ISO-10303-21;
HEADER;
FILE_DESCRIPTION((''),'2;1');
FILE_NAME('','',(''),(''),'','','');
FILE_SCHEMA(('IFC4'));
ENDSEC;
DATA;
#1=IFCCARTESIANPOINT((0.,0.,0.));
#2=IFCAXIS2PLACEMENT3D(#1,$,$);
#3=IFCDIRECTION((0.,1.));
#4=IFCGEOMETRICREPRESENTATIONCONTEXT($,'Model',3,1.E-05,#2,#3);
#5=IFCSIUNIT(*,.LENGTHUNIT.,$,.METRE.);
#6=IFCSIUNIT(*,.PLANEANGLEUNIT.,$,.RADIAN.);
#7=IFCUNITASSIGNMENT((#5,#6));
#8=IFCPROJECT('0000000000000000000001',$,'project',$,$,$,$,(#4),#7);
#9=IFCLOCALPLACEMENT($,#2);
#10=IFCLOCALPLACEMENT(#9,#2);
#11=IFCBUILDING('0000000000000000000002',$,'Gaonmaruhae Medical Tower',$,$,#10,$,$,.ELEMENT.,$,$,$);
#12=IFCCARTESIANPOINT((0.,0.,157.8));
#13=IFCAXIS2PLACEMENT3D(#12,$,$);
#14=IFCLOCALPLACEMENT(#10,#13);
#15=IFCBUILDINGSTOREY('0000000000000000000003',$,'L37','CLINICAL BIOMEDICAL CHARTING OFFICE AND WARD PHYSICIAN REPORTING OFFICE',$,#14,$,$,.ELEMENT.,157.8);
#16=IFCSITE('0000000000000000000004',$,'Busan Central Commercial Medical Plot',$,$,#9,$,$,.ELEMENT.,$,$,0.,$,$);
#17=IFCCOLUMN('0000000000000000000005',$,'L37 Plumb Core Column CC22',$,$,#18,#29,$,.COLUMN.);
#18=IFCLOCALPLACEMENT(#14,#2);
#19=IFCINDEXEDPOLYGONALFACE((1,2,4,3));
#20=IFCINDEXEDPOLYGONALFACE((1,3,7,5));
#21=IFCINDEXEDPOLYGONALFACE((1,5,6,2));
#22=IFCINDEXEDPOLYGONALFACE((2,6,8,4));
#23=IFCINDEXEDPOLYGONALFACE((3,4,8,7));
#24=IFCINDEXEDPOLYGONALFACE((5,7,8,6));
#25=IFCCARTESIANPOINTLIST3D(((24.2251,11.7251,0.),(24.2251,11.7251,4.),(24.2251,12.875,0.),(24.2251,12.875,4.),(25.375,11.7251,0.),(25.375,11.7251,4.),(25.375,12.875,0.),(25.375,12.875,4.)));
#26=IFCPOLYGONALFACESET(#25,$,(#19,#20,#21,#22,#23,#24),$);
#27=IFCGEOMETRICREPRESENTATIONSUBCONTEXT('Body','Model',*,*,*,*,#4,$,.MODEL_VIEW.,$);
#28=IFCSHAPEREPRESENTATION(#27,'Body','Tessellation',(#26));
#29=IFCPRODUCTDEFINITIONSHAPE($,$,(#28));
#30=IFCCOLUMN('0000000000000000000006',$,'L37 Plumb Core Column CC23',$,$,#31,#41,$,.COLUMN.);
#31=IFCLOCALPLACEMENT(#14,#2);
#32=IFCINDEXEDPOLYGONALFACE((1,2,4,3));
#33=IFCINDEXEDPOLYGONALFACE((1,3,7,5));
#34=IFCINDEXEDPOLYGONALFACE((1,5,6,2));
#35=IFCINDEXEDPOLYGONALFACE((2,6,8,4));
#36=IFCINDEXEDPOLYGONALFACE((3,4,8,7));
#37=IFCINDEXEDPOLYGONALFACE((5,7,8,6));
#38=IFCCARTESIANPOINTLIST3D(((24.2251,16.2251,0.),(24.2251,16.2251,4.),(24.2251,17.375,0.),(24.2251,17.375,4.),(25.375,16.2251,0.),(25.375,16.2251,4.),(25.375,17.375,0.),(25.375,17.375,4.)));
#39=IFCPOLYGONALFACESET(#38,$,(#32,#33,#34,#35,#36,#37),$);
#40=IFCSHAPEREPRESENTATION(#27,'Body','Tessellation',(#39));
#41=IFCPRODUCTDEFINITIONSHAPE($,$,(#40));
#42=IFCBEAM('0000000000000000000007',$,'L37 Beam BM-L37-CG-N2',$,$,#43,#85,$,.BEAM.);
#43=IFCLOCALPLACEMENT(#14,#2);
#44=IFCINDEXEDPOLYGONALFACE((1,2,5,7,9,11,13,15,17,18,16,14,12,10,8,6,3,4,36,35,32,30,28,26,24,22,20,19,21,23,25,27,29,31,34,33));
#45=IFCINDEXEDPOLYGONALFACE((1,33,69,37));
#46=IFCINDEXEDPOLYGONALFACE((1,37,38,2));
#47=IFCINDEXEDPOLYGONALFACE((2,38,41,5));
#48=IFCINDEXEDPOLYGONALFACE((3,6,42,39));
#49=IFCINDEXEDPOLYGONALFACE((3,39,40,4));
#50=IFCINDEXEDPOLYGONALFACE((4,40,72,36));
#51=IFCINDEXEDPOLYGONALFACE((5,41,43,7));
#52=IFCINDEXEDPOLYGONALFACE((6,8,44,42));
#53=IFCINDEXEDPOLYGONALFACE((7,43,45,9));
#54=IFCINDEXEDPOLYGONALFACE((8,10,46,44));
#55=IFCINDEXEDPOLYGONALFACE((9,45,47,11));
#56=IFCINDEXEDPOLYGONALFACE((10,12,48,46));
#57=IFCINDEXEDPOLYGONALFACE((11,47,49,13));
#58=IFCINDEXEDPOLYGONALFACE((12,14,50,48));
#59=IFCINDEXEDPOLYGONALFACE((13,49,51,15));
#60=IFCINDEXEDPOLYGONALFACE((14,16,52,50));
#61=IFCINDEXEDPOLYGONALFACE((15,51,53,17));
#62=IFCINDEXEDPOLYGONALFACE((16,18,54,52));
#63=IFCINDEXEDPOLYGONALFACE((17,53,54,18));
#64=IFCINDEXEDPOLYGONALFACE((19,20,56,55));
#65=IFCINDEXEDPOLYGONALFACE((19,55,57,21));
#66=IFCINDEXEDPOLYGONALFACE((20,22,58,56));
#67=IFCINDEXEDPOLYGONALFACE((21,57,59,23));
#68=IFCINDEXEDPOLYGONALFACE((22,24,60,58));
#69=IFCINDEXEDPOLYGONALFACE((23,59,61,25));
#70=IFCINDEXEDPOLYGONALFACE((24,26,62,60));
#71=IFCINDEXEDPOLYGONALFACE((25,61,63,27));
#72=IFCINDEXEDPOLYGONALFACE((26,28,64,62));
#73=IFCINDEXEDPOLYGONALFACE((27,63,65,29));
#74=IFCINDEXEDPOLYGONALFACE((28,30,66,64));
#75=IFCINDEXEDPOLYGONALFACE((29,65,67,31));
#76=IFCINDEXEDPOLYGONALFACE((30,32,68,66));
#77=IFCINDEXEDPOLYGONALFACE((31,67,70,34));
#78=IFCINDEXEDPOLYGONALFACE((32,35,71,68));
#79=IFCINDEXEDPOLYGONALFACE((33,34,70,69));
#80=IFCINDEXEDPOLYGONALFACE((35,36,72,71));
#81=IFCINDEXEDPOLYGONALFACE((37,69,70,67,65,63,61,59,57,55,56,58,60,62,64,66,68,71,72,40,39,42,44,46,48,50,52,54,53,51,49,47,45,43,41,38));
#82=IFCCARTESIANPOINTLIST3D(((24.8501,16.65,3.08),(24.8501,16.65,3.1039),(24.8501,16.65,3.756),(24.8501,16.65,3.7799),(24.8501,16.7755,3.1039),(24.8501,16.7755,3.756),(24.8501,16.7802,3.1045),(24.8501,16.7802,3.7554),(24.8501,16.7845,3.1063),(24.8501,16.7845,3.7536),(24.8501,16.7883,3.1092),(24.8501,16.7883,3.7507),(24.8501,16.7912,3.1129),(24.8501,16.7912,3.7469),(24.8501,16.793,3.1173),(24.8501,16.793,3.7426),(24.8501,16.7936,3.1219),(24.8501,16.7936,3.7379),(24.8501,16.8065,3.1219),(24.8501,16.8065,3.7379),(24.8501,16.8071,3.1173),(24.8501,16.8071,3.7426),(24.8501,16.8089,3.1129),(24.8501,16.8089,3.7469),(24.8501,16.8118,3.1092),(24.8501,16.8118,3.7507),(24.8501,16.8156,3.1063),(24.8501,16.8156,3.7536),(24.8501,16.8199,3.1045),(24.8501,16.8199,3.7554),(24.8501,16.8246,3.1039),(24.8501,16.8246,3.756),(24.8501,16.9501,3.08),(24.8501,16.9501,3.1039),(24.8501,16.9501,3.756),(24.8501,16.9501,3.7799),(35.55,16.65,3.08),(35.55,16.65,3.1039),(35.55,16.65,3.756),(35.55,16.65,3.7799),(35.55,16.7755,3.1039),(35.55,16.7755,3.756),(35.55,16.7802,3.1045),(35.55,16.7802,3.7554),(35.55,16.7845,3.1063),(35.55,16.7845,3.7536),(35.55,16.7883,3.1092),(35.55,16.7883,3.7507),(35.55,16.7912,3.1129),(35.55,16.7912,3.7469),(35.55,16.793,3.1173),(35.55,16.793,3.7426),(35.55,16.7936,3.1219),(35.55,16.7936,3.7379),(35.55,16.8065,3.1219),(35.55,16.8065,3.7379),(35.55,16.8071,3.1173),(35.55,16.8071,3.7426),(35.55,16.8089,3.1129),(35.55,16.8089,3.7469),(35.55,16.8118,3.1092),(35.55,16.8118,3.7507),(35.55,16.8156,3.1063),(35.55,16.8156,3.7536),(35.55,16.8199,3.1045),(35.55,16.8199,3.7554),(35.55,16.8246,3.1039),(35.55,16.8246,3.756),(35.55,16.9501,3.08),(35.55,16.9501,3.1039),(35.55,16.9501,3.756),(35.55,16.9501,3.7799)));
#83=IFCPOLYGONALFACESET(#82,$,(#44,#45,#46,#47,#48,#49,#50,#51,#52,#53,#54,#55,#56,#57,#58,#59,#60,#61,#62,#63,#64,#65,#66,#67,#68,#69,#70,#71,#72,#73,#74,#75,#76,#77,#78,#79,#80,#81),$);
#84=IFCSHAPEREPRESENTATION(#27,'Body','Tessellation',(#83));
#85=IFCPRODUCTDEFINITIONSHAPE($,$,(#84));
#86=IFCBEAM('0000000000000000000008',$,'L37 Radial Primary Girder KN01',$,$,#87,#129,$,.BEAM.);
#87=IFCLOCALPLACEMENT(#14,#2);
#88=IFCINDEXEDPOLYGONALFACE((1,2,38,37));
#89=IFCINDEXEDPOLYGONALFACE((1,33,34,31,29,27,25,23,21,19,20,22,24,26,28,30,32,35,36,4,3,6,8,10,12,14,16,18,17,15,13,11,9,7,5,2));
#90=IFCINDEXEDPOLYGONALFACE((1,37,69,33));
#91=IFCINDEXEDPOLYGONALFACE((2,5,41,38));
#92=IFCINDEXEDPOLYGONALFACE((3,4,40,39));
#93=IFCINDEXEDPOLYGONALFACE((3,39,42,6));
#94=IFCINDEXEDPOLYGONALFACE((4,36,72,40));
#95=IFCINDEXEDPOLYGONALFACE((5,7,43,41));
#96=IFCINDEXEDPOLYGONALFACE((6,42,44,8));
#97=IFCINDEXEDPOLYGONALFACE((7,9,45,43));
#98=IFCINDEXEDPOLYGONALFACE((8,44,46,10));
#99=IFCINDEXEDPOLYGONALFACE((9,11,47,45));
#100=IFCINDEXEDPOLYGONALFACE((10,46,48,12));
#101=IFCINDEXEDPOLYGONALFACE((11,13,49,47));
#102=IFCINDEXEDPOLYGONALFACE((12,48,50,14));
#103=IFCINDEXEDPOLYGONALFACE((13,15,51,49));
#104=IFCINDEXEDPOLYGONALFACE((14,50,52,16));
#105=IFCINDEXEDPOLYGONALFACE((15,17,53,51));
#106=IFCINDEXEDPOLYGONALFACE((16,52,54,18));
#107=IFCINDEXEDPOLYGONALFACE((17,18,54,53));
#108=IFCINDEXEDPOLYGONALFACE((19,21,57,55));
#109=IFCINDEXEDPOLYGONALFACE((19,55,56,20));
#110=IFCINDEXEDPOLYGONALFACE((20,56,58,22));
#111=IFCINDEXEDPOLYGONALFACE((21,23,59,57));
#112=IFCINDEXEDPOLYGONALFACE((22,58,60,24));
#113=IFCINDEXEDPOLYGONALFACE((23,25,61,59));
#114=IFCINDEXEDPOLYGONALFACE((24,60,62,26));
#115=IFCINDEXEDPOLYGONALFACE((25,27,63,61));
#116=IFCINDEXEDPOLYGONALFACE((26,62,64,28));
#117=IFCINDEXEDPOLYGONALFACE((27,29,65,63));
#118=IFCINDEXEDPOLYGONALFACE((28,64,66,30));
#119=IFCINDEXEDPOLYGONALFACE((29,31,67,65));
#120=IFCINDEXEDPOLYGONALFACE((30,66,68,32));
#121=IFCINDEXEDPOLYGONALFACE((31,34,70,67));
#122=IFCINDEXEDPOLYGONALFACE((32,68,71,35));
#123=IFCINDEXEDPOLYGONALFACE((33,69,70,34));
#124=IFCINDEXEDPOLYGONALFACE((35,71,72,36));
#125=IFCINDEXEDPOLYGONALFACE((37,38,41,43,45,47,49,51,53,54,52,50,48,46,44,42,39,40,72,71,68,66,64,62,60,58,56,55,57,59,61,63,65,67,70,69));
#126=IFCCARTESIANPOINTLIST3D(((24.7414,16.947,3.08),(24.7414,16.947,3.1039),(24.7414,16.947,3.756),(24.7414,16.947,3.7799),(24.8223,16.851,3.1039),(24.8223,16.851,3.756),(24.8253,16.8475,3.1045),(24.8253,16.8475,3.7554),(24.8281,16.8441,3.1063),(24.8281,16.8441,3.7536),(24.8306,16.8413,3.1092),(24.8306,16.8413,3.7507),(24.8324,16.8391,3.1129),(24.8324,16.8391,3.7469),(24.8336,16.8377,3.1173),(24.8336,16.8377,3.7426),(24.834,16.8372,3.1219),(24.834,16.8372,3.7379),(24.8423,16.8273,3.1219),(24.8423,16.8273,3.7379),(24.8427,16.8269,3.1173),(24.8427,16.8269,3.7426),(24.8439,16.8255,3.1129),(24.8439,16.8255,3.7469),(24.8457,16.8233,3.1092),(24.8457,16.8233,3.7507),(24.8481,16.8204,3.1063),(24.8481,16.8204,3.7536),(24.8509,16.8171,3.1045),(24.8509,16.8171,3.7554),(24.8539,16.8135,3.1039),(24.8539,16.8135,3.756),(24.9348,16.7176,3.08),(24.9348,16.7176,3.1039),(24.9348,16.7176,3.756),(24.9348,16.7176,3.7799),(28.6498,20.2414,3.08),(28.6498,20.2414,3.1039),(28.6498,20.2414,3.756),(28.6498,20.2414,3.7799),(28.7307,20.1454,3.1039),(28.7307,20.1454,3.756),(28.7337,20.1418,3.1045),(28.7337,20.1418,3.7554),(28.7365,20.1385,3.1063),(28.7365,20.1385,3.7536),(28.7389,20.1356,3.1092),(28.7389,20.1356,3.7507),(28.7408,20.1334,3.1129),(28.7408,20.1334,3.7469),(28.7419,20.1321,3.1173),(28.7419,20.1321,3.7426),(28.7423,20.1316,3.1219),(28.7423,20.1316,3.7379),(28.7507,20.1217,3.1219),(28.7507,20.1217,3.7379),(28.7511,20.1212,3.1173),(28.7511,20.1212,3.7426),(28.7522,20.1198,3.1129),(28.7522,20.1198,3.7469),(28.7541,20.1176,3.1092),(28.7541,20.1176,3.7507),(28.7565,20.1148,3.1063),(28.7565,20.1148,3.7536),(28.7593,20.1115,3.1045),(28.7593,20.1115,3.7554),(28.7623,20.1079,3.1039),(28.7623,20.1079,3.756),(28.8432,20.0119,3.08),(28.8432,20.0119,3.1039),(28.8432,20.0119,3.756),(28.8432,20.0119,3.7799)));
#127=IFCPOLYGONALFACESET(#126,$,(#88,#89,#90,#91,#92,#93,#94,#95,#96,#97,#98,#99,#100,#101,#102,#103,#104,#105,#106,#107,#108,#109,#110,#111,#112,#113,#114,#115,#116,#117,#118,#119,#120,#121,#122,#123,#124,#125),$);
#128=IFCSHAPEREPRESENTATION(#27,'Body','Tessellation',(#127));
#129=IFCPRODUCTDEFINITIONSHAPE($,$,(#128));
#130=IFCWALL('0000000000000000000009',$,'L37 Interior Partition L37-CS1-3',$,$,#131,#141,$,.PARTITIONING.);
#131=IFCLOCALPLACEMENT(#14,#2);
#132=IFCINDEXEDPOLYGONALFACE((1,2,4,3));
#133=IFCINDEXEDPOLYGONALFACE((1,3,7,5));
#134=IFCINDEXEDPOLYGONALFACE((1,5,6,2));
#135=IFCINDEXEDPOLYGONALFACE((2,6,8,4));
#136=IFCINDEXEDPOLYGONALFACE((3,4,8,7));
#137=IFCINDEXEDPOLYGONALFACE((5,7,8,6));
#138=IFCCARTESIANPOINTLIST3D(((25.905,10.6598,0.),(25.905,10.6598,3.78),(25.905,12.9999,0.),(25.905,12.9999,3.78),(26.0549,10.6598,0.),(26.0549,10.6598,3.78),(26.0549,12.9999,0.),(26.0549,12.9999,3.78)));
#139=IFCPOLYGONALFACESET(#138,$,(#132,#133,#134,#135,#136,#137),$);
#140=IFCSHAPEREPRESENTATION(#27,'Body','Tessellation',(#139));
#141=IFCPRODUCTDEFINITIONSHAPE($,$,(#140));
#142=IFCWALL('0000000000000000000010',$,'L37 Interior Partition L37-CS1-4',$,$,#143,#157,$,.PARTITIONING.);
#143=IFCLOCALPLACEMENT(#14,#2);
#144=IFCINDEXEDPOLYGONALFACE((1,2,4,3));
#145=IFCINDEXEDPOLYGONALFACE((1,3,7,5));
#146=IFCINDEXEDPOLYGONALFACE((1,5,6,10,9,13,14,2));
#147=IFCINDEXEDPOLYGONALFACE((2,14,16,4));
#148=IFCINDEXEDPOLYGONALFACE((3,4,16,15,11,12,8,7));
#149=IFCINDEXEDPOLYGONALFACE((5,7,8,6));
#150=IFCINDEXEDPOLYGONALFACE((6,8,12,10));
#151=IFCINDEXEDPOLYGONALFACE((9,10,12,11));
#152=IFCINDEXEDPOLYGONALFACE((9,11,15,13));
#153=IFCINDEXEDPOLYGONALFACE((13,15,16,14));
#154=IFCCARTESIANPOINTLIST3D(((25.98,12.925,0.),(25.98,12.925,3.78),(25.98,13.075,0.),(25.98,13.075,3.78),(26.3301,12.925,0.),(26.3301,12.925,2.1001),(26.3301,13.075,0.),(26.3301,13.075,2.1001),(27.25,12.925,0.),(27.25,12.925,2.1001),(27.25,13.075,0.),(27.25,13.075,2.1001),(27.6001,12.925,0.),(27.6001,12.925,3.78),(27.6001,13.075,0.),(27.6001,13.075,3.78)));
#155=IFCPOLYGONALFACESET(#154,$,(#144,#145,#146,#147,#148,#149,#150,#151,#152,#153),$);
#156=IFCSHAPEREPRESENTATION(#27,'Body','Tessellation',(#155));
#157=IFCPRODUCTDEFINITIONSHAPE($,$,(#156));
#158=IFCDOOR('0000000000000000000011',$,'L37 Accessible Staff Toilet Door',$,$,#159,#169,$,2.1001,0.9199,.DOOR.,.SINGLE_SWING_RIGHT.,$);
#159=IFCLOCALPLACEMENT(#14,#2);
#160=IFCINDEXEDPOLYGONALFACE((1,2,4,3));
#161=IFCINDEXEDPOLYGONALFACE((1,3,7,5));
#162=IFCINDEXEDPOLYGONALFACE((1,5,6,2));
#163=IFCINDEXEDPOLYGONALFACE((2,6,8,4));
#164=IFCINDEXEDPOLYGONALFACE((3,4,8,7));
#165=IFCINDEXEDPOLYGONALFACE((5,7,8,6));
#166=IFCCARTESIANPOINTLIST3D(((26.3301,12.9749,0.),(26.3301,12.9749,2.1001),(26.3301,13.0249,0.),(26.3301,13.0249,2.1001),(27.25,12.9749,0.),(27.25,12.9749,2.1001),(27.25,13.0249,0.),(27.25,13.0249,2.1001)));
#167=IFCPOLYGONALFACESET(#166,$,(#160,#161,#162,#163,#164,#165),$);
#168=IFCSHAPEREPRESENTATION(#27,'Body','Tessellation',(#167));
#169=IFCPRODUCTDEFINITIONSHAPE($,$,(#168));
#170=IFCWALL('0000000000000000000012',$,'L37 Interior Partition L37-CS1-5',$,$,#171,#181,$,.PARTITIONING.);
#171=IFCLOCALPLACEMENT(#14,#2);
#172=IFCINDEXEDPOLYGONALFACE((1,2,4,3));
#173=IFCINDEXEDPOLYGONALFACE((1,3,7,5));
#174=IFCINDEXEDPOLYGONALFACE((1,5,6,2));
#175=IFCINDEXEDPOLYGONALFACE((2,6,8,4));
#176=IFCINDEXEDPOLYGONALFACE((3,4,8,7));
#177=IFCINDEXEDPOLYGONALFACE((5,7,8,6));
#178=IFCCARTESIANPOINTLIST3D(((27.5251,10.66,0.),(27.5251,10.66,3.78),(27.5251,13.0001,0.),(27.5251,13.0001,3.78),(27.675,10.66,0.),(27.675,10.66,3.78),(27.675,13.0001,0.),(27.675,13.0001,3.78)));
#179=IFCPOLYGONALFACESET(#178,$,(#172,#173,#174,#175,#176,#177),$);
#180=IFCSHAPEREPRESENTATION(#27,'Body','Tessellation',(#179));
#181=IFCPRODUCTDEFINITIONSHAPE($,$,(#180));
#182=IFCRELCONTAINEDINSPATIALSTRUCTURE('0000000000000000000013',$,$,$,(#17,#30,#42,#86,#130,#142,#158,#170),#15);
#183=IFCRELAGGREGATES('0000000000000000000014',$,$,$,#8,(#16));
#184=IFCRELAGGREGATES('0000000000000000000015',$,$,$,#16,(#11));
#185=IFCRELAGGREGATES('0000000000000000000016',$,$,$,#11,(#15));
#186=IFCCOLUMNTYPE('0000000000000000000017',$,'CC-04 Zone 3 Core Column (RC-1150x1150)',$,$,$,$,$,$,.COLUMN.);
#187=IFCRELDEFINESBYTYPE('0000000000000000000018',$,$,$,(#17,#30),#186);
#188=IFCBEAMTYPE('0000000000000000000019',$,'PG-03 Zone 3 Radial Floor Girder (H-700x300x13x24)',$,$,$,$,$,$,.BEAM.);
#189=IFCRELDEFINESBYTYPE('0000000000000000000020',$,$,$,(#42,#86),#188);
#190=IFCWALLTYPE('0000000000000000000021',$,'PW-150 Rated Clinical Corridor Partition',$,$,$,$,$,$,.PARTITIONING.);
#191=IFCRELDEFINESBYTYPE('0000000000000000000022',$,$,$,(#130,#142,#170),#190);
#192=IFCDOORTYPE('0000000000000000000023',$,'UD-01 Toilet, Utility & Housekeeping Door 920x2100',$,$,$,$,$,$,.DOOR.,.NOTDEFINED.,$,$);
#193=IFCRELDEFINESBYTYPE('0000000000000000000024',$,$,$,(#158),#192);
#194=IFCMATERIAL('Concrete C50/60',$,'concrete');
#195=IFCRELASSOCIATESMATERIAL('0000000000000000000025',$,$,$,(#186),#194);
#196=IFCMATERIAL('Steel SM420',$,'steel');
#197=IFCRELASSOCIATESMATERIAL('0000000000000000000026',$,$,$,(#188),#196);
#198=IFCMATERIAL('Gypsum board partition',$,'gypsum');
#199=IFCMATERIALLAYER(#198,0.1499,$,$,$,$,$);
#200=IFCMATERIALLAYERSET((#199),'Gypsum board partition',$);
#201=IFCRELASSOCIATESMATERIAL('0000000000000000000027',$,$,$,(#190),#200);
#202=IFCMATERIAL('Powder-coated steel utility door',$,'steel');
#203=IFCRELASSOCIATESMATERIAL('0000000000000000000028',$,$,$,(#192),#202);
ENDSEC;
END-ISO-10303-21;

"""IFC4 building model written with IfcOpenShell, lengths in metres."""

from ifc_helpers import new_model, si_unit, direction, frame, frame_2d, origin, origin_2d, place, context, subcontext, project, spatial, rectangle, i_section, extrude, material, layer, layer_set, material_profile, profile_set, type_object, element, fill, save


model = new_model("IFC4")

# Units and contexts
model_context = context("Model", 3, precision=1e-05, world=origin(), true_north=direction((0.0, 1.0)))
body_context = subcontext(model_context, "Body", "Model", "MODEL_VIEW")
ifc_project = project(units=[si_unit("LENGTHUNIT", "METRE"), si_unit("PLANEANGLEUNIT", "RADIAN")], contexts=[model_context])

# Site, building, storey
site_placement = place(None, origin())
site = spatial("IfcSite", under=ifc_project, at=site_placement, Name="Busan Central Commercial Medical Plot", CompositionType="ELEMENT", RefElevation=0.0)
building_placement = place(site_placement, origin())
building = spatial("IfcBuilding", under=site, at=building_placement, Name="Gaonmaruhae Medical Tower", CompositionType="ELEMENT")
storey_placement = place(building_placement, frame((0.0, 0.0, 157.8)))
storey = spatial("IfcBuildingStorey", under=building, at=storey_placement, Name="L37", Description="CLINICAL BIOMEDICAL CHARTING OFFICE AND WARD PHYSICIAN REPORTING OFFICE", CompositionType="ELEMENT", Elevation=157.8)

# Columns
ifc_material_1 = material(Name="Concrete C50/60", Category="concrete")
ifc_material_profile_1 = material_profile(ifc_material_1, rectangle(XDim=1.1499, YDim=1.1499, at=origin_2d()), Name="RC-1150x1150")
ifc_profile_set_1 = profile_set([ifc_material_profile_1], Name="Concrete C50/60")
column_type = type_object("IfcColumnType", Name="CC-04 Zone 3 Core Column (RC-1150x1150)", PredefinedType="COLUMN", material=ifc_profile_set_1)
for number, where, z_axis, x_axis, name in (
    (1, (24.8, 12.3, 0.0), (0.0, 0.0, 1.0), (1.0, 0.0, 0.0), "L37 Plumb Core Column CC22"),
    (2, (24.8, 16.8, 0.0), (0.0, 0.0, 1.0), (1.0, 0.0, 0.0), "L37 Plumb Core Column CC23"),
):
    element("IfcColumn", number, at=place(storey_placement, frame(where, z_axis=z_axis, x_axis=x_axis)), inside=storey, type_object=column_type, Name=name, PredefinedType="COLUMN", context=body_context, shape_type="SweptSolid", body=[
        extrude(rectangle(XDim=1.1499, YDim=1.1499, at=origin_2d()), origin(), (0.0, 0.0, 1.0), 4.0),
    ])

# Beams
ifc_material_2 = material(Name="Steel SM420", Category="steel")
ifc_material_profile_2 = material_profile(ifc_material_2, i_section(OverallWidth=0.3, OverallDepth=0.7, WebThickness=0.0129, FlangeThickness=0.0239, FilletRadius=0.0181, at=origin_2d()), Name="H-700x300x13x24")
ifc_profile_set_2 = profile_set([ifc_material_profile_2], Name="Steel SM420")
beam_type = type_object("IfcBeamType", Name="PG-03 Zone 3 Radial Floor Girder (H-700x300x13x24)", PredefinedType="BEAM", material=ifc_profile_set_2)
beam_1_placement = place(storey_placement, frame((24.8501, 16.8, 3.4299), z_axis=(1.0, 0.0, 0.0), x_axis=(0.0, 1.0, 0.0)))
element("IfcBeam", 3, at=beam_1_placement, inside=storey, type_object=beam_type, Name="L37 Beam BM-L37-CG-N2", PredefinedType="BEAM", context=body_context, shape_type="SweptSolid", body=[
    extrude(i_section(OverallWidth=0.3, OverallDepth=0.7, WebThickness=0.0129, FlangeThickness=0.0239, FilletRadius=0.0181, at=origin_2d()), origin(), (0.0, 0.0, 1.0), 10.7),
])
beam_2_placement = place(storey_placement, frame((24.8381, 16.8323, 3.4299), z_axis=(0.764611, 0.644492, 0.0), x_axis=(-0.644492, 0.764611, 0.0)))
element("IfcBeam", 4, at=beam_2_placement, inside=storey, type_object=beam_type, Name="L37 Radial Primary Girder KN01", PredefinedType="BEAM", context=body_context, shape_type="SweptSolid", body=[
    extrude(i_section(OverallWidth=0.3, OverallDepth=0.7, WebThickness=0.0129, FlangeThickness=0.0239, FilletRadius=0.0181, at=origin_2d()), origin(), (0.0, 0.0, 1.0), 5.1116),
])

# Wall
ifc_material_3 = material(Name="Gypsum board partition", Category="gypsum")
ifc_layer_1 = layer(ifc_material_3, 0.1499)
ifc_layer_set_1 = layer_set([ifc_layer_1], Name="Gypsum board partition")
wall_type_1 = type_object("IfcWallType", Name="PW-150 Rated Clinical Corridor Partition", PredefinedType="PARTITIONING", material=ifc_layer_set_1)
wall_1_placement = place(storey_placement, frame((25.98, 10.6599, 0.0), z_axis=(0.0, 0.0, 1.0), x_axis=(0.0, 1.0, 0.0)))
element("IfcWall", 5, at=wall_1_placement, inside=storey, type_object=wall_type_1, Name="L37 Interior Partition L37-CS1-3", PredefinedType="PARTITIONING", context=body_context, shape_type="SweptSolid", body=[
    extrude(rectangle(XDim=2.3401, YDim=0.1499, at=frame_2d((1.1699, 0.0))), origin(), (0.0, 0.0, 1.0), 3.78),
])

# Wall, opening, door
wall_2_placement = place(storey_placement, frame((25.98, 13.0, 0.0), z_axis=(0.0, 0.0, 1.0), x_axis=(1.0, 0.0, 0.0)))
wall_2 = element("IfcWall", 6, at=wall_2_placement, inside=storey, type_object=wall_type_1, Name="L37 Interior Partition L37-CS1-4", PredefinedType="PARTITIONING", context=body_context, shape_type="SweptSolid", body=[
    extrude(rectangle(XDim=1.6201, YDim=0.1499, at=frame_2d((0.8101, 0.0))), origin(), (0.0, 0.0, 1.0), 3.78),
])
opening_1_placement = place(wall_2_placement, frame((0.3501, 0.0, 0.0)))
opening_1 = element("IfcOpeningElement", 7, at=opening_1_placement, cuts=wall_2, PredefinedType="OPENING", context=body_context, shape_type="SweptSolid", body=[
    extrude(rectangle(XDim=0.9199, YDim=2.1001, at=frame_2d((0.46, 1.05))), frame((0.0, 0.085, 0.0), z_axis=(0.0, -1.0, 0.0), x_axis=(1.0, 0.0, 0.0)), (0.0, 0.0, 1.0), 0.1699),
])
ifc_material_4 = material(Name="Powder-coated steel utility door", Category="steel")
door_type_1 = type_object("IfcDoorType", Name="UD-01 Toilet, Utility & Housekeeping Door 920x2100", OperationType="NOTDEFINED", PredefinedType="DOOR", material=ifc_material_4)
door_1_placement = place(opening_1_placement, origin())
door_1 = element("IfcDoor", 8, at=door_1_placement, inside=storey, type_object=door_type_1, Name="L37 Accessible Staff Toilet Door", OperationType="SINGLE_SWING_RIGHT", OverallHeight=2.1001, OverallWidth=0.9199, PredefinedType="DOOR", context=body_context, shape_type="SweptSolid", body=[
    extrude(rectangle(XDim=0.9199, YDim=2.1001, at=frame_2d((0.46, 1.05))), frame((0.0, 0.0249, 0.0), z_axis=(0.0, -1.0, 0.0), x_axis=(1.0, 0.0, 0.0)), (0.0, 0.0, 1.0), 0.05),
])
fill(opening_1, door_1)

# Wall
wall_3_placement = place(storey_placement, frame((27.6001, 13.0, 0.0), z_axis=(0.0, 0.0, 1.0), x_axis=(0.0, -1.0, 0.0)))
element("IfcWall", 9, at=wall_3_placement, inside=storey, type_object=wall_type_1, Name="L37 Interior Partition L37-CS1-5", PredefinedType="PARTITIONING", context=body_context, shape_type="SweptSolid", body=[
    extrude(rectangle(XDim=2.3401, YDim=0.1499, at=frame_2d((1.1699, 0.0))), origin(), (0.0, 0.0, 1.0), 3.78),
])

save(model, "model.ifc")
